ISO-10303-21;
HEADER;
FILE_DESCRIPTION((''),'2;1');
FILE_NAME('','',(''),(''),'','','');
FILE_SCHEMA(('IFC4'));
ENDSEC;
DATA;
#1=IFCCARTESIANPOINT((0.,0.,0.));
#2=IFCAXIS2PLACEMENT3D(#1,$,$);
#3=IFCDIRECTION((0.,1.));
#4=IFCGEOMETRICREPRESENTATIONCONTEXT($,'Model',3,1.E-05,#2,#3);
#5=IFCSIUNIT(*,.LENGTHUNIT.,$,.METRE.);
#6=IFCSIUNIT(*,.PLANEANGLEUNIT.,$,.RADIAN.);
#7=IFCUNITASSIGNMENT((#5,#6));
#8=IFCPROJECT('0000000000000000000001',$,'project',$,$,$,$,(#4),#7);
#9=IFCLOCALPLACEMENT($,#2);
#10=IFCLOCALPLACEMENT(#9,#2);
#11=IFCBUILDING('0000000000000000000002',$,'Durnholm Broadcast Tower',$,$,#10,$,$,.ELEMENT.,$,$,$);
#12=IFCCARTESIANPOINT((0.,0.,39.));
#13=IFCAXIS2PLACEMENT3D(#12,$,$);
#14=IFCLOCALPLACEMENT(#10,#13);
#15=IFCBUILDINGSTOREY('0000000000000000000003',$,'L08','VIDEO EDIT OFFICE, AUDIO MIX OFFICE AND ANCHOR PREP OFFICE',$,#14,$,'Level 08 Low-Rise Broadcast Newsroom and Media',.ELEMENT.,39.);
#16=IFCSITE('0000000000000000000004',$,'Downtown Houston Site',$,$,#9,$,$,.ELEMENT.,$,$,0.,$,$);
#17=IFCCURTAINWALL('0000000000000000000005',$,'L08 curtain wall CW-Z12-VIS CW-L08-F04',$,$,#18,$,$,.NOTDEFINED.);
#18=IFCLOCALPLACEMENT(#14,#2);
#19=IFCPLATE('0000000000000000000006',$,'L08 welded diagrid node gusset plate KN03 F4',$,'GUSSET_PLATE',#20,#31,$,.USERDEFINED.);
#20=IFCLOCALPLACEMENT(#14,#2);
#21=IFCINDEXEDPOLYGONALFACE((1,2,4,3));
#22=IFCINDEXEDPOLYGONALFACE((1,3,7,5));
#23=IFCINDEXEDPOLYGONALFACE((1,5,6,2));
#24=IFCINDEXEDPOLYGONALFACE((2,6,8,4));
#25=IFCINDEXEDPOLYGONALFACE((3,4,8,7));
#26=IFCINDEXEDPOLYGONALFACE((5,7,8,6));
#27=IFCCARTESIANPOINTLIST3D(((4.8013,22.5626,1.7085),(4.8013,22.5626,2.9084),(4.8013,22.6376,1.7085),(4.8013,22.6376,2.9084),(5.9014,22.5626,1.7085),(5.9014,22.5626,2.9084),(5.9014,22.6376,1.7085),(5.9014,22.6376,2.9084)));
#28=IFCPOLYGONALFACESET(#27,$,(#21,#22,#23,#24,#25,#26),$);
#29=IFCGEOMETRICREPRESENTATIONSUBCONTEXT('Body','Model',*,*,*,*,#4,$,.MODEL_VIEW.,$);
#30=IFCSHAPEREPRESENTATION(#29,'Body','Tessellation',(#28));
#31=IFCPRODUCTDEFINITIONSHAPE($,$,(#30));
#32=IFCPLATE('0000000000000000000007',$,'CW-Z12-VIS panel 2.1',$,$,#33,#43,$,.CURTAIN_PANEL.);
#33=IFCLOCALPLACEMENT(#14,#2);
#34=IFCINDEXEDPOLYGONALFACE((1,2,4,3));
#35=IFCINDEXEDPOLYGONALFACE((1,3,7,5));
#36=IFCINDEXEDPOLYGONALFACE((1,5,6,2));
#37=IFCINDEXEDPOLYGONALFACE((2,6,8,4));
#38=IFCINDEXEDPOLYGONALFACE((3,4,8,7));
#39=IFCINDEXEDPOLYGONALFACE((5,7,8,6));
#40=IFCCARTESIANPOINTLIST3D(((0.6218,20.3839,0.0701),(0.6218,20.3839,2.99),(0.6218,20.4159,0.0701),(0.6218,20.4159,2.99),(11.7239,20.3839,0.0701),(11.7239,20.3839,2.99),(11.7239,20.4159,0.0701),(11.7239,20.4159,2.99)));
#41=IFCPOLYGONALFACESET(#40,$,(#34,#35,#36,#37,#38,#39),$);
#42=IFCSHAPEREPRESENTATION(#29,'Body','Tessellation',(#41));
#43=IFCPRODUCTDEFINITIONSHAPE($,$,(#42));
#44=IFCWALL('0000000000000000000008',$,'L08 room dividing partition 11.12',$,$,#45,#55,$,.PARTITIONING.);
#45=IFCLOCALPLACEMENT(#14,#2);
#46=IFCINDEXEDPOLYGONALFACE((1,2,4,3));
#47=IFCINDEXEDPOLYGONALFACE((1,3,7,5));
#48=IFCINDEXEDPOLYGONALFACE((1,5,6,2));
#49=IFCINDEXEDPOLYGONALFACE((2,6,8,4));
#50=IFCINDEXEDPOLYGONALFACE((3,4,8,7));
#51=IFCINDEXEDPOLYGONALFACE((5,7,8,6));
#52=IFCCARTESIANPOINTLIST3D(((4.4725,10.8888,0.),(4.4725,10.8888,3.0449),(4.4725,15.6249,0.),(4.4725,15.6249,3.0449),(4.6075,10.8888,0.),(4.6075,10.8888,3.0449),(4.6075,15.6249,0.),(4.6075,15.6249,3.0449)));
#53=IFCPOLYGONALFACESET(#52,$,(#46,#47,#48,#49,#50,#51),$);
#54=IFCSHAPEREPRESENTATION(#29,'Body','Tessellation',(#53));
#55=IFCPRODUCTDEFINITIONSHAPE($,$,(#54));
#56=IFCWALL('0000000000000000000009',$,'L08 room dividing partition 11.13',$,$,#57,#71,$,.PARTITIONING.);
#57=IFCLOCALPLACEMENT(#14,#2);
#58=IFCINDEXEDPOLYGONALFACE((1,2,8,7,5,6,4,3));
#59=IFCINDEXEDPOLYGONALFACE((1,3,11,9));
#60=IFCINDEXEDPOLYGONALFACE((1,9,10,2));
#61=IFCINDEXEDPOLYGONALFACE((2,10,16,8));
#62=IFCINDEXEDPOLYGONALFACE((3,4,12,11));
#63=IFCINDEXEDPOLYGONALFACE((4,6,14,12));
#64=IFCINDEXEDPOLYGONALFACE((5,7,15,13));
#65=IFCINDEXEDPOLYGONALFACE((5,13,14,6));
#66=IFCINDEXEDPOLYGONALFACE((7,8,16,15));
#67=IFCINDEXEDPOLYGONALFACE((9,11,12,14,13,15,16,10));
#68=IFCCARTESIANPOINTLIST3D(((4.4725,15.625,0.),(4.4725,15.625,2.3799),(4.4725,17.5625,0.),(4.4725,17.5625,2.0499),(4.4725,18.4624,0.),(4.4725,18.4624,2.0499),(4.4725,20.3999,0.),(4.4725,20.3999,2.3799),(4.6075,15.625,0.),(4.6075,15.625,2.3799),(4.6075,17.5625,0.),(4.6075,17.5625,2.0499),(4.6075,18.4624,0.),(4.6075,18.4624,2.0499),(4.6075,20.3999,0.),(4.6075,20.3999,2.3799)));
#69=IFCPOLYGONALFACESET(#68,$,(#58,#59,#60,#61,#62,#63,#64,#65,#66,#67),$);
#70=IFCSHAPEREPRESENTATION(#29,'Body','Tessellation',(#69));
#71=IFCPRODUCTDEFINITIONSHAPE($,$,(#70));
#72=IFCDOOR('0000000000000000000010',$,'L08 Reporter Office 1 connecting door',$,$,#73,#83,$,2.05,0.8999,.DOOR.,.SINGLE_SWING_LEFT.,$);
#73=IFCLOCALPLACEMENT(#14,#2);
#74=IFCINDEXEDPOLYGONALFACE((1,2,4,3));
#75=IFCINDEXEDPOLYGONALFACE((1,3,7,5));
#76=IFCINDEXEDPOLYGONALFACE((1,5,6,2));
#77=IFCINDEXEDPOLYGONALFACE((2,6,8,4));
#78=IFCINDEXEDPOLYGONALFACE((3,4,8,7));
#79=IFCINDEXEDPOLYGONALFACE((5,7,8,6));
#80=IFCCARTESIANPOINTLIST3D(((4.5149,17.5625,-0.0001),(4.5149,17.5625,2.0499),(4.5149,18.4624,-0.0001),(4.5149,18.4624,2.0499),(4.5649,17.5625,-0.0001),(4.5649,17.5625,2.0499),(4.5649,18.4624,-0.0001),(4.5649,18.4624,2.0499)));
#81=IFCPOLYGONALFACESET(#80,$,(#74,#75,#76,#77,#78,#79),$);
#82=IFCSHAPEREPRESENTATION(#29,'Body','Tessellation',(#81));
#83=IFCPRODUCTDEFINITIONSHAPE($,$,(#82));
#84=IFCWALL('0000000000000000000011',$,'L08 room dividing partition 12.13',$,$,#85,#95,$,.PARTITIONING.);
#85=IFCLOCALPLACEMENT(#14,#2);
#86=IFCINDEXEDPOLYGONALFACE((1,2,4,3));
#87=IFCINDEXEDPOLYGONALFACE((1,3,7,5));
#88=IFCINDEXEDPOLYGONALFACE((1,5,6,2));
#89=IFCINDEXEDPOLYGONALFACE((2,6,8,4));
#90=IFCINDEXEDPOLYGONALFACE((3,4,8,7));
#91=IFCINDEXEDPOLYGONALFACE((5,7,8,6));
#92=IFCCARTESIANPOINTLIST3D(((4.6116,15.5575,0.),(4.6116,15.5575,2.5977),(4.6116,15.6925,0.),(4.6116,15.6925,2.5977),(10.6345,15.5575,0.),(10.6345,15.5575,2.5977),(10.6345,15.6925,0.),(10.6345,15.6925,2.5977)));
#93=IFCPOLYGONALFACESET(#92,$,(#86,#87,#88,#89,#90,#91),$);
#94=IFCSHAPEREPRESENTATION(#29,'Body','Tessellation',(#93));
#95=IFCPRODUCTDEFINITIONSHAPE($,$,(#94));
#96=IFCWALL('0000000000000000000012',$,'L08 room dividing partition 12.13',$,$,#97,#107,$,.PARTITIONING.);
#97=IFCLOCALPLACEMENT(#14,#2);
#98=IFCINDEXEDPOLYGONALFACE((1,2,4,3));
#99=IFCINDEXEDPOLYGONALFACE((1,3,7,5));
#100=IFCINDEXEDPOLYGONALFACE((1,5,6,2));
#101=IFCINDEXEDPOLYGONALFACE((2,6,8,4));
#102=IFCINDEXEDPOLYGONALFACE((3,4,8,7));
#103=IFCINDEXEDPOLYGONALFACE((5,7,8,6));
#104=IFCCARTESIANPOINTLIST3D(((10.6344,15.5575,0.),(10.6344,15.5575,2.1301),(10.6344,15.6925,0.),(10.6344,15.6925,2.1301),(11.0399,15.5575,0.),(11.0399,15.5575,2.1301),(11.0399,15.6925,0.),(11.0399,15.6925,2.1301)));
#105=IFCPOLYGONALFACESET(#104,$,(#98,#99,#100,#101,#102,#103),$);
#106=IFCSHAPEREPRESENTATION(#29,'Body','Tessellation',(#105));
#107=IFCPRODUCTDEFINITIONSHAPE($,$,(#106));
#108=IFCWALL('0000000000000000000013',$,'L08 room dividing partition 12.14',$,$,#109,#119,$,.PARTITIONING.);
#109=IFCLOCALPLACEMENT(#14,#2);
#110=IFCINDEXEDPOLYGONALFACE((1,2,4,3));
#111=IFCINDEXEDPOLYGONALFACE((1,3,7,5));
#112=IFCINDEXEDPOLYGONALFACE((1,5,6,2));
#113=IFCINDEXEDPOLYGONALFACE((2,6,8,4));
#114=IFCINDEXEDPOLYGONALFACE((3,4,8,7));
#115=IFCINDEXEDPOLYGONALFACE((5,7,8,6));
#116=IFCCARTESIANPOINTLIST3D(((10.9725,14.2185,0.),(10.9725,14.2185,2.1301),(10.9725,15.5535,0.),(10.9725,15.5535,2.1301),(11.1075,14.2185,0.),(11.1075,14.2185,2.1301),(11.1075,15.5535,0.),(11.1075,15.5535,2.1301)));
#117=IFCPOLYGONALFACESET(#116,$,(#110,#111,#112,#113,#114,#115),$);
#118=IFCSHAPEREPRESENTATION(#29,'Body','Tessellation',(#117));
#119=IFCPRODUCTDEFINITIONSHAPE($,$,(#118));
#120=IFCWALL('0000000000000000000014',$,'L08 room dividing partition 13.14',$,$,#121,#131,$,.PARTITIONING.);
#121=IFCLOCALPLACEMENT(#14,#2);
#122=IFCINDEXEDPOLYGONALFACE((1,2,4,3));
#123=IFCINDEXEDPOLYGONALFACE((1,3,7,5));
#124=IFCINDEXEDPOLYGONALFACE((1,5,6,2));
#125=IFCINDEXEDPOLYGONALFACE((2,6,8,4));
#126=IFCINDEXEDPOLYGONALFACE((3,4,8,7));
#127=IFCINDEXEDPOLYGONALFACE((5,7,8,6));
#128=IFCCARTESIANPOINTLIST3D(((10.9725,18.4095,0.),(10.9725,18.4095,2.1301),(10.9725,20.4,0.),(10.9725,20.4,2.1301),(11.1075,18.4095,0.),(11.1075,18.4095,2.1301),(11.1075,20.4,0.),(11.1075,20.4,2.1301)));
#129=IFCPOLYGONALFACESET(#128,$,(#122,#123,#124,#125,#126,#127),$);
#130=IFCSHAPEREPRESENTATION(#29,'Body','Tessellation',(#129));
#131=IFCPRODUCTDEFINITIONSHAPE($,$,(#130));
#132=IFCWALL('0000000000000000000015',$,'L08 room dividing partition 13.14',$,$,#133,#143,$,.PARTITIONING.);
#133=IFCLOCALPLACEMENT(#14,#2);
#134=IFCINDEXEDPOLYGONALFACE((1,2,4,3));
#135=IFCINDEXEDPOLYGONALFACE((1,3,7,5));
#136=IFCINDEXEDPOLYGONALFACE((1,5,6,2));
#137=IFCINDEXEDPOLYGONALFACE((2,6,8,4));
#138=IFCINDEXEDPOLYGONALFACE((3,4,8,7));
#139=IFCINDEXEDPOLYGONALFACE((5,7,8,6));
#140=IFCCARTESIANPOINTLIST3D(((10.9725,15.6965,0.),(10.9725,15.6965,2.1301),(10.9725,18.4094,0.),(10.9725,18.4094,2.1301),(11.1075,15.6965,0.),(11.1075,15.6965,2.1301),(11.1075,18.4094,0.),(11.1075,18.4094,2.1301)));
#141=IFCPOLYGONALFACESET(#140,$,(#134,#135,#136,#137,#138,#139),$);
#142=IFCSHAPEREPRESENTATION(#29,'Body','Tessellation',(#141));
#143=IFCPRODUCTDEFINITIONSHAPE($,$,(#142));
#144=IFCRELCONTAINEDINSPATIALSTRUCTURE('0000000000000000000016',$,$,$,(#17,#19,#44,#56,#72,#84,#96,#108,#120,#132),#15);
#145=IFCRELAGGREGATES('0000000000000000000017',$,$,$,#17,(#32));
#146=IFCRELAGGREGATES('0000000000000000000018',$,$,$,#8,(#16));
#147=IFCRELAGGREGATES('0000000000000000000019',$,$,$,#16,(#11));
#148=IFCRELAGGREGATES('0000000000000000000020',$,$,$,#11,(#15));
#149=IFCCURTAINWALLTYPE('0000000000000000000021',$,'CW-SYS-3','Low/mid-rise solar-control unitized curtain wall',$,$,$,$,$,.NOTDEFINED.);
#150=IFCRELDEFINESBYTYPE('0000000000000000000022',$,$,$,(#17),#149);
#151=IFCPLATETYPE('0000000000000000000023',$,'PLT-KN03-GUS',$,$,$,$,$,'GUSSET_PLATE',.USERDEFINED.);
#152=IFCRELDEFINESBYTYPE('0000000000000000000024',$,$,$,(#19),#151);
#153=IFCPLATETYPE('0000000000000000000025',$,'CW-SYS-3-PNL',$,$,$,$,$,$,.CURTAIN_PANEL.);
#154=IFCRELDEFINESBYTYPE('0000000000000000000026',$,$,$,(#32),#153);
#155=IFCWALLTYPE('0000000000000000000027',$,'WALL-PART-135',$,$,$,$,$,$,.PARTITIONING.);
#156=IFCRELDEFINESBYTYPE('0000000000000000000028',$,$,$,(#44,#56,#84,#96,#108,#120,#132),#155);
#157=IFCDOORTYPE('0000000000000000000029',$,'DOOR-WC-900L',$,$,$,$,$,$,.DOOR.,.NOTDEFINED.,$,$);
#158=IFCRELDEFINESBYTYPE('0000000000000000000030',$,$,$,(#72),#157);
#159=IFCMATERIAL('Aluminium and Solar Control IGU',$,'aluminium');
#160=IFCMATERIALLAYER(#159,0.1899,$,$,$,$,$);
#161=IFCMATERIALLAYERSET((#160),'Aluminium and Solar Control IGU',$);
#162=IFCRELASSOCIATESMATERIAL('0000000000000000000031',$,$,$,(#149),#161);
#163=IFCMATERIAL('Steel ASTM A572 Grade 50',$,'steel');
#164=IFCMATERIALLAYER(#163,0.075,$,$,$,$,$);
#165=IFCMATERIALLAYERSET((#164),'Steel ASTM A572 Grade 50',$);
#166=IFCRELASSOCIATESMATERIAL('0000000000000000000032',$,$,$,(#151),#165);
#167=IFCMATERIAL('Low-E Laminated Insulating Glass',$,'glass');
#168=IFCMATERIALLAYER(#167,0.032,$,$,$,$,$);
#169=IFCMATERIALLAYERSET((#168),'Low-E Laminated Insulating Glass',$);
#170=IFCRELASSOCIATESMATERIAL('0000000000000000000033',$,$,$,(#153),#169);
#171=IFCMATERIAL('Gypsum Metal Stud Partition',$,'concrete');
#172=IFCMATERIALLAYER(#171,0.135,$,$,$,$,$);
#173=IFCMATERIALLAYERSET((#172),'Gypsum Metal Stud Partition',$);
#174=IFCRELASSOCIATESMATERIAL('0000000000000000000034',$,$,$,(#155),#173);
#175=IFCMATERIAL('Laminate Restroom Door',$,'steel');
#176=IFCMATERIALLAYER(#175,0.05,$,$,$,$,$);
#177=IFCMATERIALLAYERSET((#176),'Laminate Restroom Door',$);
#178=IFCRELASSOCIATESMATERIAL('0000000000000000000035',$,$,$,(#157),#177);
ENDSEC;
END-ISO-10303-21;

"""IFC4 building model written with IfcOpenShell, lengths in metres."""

from ifc_helpers import new_model, si_unit, direction, frame, frame_2d, origin, origin_2d, place, context, subcontext, project, spatial, rectangle, extrude, source, transform, mapped, material, layer, layer_set, type_object, type_shapes, element, fill, aggregate, save


model = new_model("IFC4")

# Units and contexts
model_context = context("Model", 3, precision=1e-05, world=origin(), true_north=direction((0.0, 1.0)))
body_context = subcontext(model_context, "Body", "Model", "MODEL_VIEW")
ifc_project = project(units=[si_unit("LENGTHUNIT", "METRE"), si_unit("PLANEANGLEUNIT", "RADIAN")], contexts=[model_context])

# Site, building, storey
site_placement = place(None, origin())
site = spatial("IfcSite", under=ifc_project, at=site_placement, Name="Downtown Houston Site", CompositionType="ELEMENT", RefElevation=0.0)
building_placement = place(site_placement, origin())
building = spatial("IfcBuilding", under=site, at=building_placement, Name="Durnholm Broadcast Tower", CompositionType="ELEMENT")
storey_placement = place(building_placement, frame((0.0, 0.0, 39.0)))
storey = spatial("IfcBuildingStorey", under=building, at=storey_placement, Name="L08", Description="VIDEO EDIT OFFICE, AUDIO MIX OFFICE AND ANCHOR PREP OFFICE", LongName="Level 08 Low-Rise Broadcast Newsroom and Media", CompositionType="ELEMENT", Elevation=39.0)

# Shared definitions
ifc_material_1 = material(Name="Aluminium and Solar Control IGU", Category="aluminium")

# Curtain wall
ifc_layer_1 = layer(ifc_material_1, 0.1899)
ifc_layer_set_1 = layer_set([ifc_layer_1], Name="Aluminium and Solar Control IGU")
curtain_wall_type_1 = type_object("IfcCurtainWallType", Name="CW-SYS-3", Description="Low/mid-rise solar-control unitized curtain wall", PredefinedType="NOTDEFINED", material=ifc_layer_set_1)
curtain_wall_1_placement = place(storey_placement, origin())
curtain_wall_1 = element("IfcCurtainWall", 1, at=curtain_wall_1_placement, inside=storey, type_object=curtain_wall_type_1, Name="L08 curtain wall CW-Z12-VIS CW-L08-F04", PredefinedType="NOTDEFINED")

# Plate
ifc_material_2 = material(Name="Steel ASTM A572 Grade 50", Category="steel")
ifc_layer_2 = layer(ifc_material_2, 0.075)
ifc_layer_set_2 = layer_set([ifc_layer_2], Name="Steel ASTM A572 Grade 50")
plate_type_1 = type_object("IfcPlateType", Name="PLT-KN03-GUS", ElementType="GUSSET_PLATE", PredefinedType="USERDEFINED", material=ifc_layer_set_2)
shared_shape_1 = source(origin(), body_context, "Body", "SweptSolid", [
    extrude(rectangle(XDim=1.1001, YDim=0.075, at=origin_2d()), origin(), (0.0, 0.0, 1.0), 1.2),
])
type_shapes(plate_type_1, [shared_shape_1])
plate_1_placement = place(storey_placement, frame((5.3513, 22.6001, 1.7085), z_axis=(0.0, 0.0, 1.0), x_axis=(-1.0, 0.0, 0.0)))
element("IfcPlate", 2, at=plate_1_placement, inside=storey, type_object=plate_type_1, Name="L08 welded diagrid node gusset plate KN03 F4", ObjectType="GUSSET_PLATE", PredefinedType="USERDEFINED", context=body_context, shape_type="MappedRepresentation", body=[
    mapped(shared_shape_1, transform((0.0, 0.0, 0.0), x_axis=(1.0, 0.0, 0.0), y_axis=(0.0, 1.0, 0.0), z_axis=(0.0, 0.0, 1.0), scale=1.0)),
])

# Plate
ifc_material_3 = material(Name="Low-E Laminated Insulating Glass", Category="glass")
ifc_layer_3 = layer(ifc_material_3, 0.032)
ifc_layer_set_3 = layer_set([ifc_layer_3], Name="Low-E Laminated Insulating Glass")
plate_type_2 = type_object("IfcPlateType", Name="CW-SYS-3-PNL", PredefinedType="CURTAIN_PANEL", material=ifc_layer_set_3)
shared_shape_2 = source(origin(), body_context, "Body", "SweptSolid", [
    extrude(rectangle(XDim=11.1021, YDim=0.032, at=origin_2d()), origin(), (0.0, 0.0, 1.0), 2.9199),
])
type_shapes(plate_type_2, [shared_shape_2])
plate_2_placement = place(storey_placement, frame((6.1729, 20.3999, 0.0701), z_axis=(0.0, 0.0, 1.0), x_axis=(1.0, 0.0, 0.0)))
plate_2 = element("IfcPlate", 3, at=plate_2_placement, type_object=plate_type_2, Name="CW-Z12-VIS panel 2.1", PredefinedType="CURTAIN_PANEL", context=body_context, shape_type="MappedRepresentation", body=[
    mapped(shared_shape_2, transform((0.0, 0.0, 0.0), x_axis=(1.0, 0.0, 0.0), y_axis=(0.0, 1.0, 0.0), z_axis=(0.0, 0.0, 1.0), scale=1.0)),
])
aggregate(curtain_wall_1, [plate_2])

# Wall
ifc_material_4 = material(Name="Gypsum Metal Stud Partition", Category="concrete")
ifc_layer_4 = layer(ifc_material_4, 0.135)
ifc_layer_set_4 = layer_set([ifc_layer_4], Name="Gypsum Metal Stud Partition")
wall_type = type_object("IfcWallType", Name="WALL-PART-135", PredefinedType="PARTITIONING", material=ifc_layer_set_4)
wall_1_placement = place(storey_placement, frame((4.54, 15.625, 0.0), z_axis=(0.0, 0.0, 1.0), x_axis=(0.0, -1.0, 0.0)))
element("IfcWall", 4, at=wall_1_placement, inside=storey, type_object=wall_type, Name="L08 room dividing partition 11.12", PredefinedType="PARTITIONING", context=body_context, shape_type="SweptSolid", body=[
    extrude(rectangle(XDim=4.7361, YDim=0.135, at=frame_2d((2.3682, 0.0))), origin(), (0.0, 0.0, 1.0), 3.0449),
])

# Wall, opening, door
wall_2_placement = place(storey_placement, frame((4.54, 20.3999, 0.0), z_axis=(0.0, 0.0, 1.0), x_axis=(0.0, -1.0, 0.0)))
wall_2 = element("IfcWall", 5, at=wall_2_placement, inside=storey, type_object=wall_type, Name="L08 room dividing partition 11.13", PredefinedType="PARTITIONING", context=body_context, shape_type="SweptSolid", body=[
    extrude(rectangle(XDim=4.7749, YDim=0.135, at=frame_2d((2.3875, 0.0))), origin(), (0.0, 0.0, 1.0), 2.3799),
])
opening_placement = place(wall_2_placement, frame((1.9375, 0.0, 0.0)))
opening = element("IfcOpeningElement", 6, at=opening_placement, cuts=wall_2, PredefinedType="OPENING", context=body_context, shape_type="SweptSolid", body=[
    extrude(rectangle(XDim=0.8999, YDim=2.05, at=frame_2d((0.45, 1.0249))), frame((0.0, 0.0776, 0.0), z_axis=(0.0, -1.0, 0.0), x_axis=(1.0, 0.0, 0.0)), (0.0, 0.0, 1.0), 0.155),
])
ifc_material_5 = material(Name="Laminate Restroom Door", Category="steel")
ifc_layer_5 = layer(ifc_material_5, 0.05)
ifc_layer_set_5 = layer_set([ifc_layer_5], Name="Laminate Restroom Door")
door_type = type_object("IfcDoorType", Name="DOOR-WC-900L", OperationType="NOTDEFINED", PredefinedType="DOOR", material=ifc_layer_set_5)
shared_shape_3 = source(origin(), body_context, "Body", "SweptSolid", [
    extrude(rectangle(XDim=0.8999, YDim=2.05, at=frame_2d((0.45, 1.0249))), frame((0.0, 0.0249, 0.0), z_axis=(0.0, -1.0, 0.0), x_axis=(1.0, 0.0, 0.0)), (0.0, 0.0, 1.0), 0.05),
])
type_shapes(door_type, [shared_shape_3])
door_placement = place(opening_placement, origin())
door = element("IfcDoor", 7, at=door_placement, inside=storey, type_object=door_type, Name="L08 Reporter Office 1 connecting door", OperationType="SINGLE_SWING_LEFT", OverallHeight=2.05, OverallWidth=0.8999, PredefinedType="DOOR", context=body_context, shape_type="MappedRepresentation", body=[
    mapped(shared_shape_3, transform((0.0, 0.0, 0.0), x_axis=(1.0, 0.0, 0.0), y_axis=(0.0, 1.0, 0.0), z_axis=(0.0, 0.0, 1.0), scale=1.0)),
])
fill(opening, door)

# Walls
wall_3_placement = place(storey_placement, frame((4.6116, 15.625, 0.0), z_axis=(0.0, 0.0, 1.0), x_axis=(1.0, 0.0, 0.0)))
element("IfcWall", 8, at=wall_3_placement, inside=storey, type_object=wall_type, Name="L08 room dividing partition 12.13", PredefinedType="PARTITIONING", context=body_context, shape_type="SweptSolid", body=[
    extrude(rectangle(XDim=6.0229, YDim=0.135, at=frame_2d((3.0115, 0.0))), origin(), (0.0, 0.0, 1.0), 2.5977),
])
wall_4_placement = place(storey_placement, frame((10.6345, 15.625, 0.0), z_axis=(0.0, 0.0, 1.0), x_axis=(1.0, 0.0, 0.0)))
element("IfcWall", 9, at=wall_4_placement, inside=storey, type_object=wall_type, Name="L08 room dividing partition 12.13", PredefinedType="PARTITIONING", context=body_context, shape_type="SweptSolid", body=[
    extrude(rectangle(XDim=0.4055, YDim=0.135, at=frame_2d((0.2026, 0.0))), origin(), (0.0, 0.0, 1.0), 2.1301),
])
wall_5_placement = place(storey_placement, frame((11.04, 15.5535, 0.0), z_axis=(0.0, 0.0, 1.0), x_axis=(0.0, -1.0, 0.0)))
element("IfcWall", 10, at=wall_5_placement, inside=storey, type_object=wall_type, Name="L08 room dividing partition 12.14", PredefinedType="PARTITIONING", context=body_context, shape_type="SweptSolid", body=[
    extrude(rectangle(XDim=1.335, YDim=0.135, at=frame_2d((0.6675, 0.0))), origin(), (0.0, 0.0, 1.0), 2.1301),
])
wall_6_placement = place(storey_placement, frame((11.04, 20.3999, 0.0), z_axis=(0.0, 0.0, 1.0), x_axis=(0.0, -1.0, 0.0)))
element("IfcWall", 11, at=wall_6_placement, inside=storey, type_object=wall_type, Name="L08 room dividing partition 13.14", PredefinedType="PARTITIONING", context=body_context, shape_type="SweptSolid", body=[
    extrude(rectangle(XDim=1.9905, YDim=0.135, at=frame_2d((0.9951, 0.0))), origin(), (0.0, 0.0, 1.0), 2.1301),
])
wall_7_placement = place(storey_placement, frame((11.04, 18.4094, 0.0), z_axis=(0.0, 0.0, 1.0), x_axis=(0.0, -1.0, 0.0)))
element("IfcWall", 12, at=wall_7_placement, inside=storey, type_object=wall_type, Name="L08 room dividing partition 13.14", PredefinedType="PARTITIONING", context=body_context, shape_type="SweptSolid", body=[
    extrude(rectangle(XDim=2.7129, YDim=0.135, at=frame_2d((1.3564, 0.0))), origin(), (0.0, 0.0, 1.0), 2.1301),
])

save(model, "model.ifc")
